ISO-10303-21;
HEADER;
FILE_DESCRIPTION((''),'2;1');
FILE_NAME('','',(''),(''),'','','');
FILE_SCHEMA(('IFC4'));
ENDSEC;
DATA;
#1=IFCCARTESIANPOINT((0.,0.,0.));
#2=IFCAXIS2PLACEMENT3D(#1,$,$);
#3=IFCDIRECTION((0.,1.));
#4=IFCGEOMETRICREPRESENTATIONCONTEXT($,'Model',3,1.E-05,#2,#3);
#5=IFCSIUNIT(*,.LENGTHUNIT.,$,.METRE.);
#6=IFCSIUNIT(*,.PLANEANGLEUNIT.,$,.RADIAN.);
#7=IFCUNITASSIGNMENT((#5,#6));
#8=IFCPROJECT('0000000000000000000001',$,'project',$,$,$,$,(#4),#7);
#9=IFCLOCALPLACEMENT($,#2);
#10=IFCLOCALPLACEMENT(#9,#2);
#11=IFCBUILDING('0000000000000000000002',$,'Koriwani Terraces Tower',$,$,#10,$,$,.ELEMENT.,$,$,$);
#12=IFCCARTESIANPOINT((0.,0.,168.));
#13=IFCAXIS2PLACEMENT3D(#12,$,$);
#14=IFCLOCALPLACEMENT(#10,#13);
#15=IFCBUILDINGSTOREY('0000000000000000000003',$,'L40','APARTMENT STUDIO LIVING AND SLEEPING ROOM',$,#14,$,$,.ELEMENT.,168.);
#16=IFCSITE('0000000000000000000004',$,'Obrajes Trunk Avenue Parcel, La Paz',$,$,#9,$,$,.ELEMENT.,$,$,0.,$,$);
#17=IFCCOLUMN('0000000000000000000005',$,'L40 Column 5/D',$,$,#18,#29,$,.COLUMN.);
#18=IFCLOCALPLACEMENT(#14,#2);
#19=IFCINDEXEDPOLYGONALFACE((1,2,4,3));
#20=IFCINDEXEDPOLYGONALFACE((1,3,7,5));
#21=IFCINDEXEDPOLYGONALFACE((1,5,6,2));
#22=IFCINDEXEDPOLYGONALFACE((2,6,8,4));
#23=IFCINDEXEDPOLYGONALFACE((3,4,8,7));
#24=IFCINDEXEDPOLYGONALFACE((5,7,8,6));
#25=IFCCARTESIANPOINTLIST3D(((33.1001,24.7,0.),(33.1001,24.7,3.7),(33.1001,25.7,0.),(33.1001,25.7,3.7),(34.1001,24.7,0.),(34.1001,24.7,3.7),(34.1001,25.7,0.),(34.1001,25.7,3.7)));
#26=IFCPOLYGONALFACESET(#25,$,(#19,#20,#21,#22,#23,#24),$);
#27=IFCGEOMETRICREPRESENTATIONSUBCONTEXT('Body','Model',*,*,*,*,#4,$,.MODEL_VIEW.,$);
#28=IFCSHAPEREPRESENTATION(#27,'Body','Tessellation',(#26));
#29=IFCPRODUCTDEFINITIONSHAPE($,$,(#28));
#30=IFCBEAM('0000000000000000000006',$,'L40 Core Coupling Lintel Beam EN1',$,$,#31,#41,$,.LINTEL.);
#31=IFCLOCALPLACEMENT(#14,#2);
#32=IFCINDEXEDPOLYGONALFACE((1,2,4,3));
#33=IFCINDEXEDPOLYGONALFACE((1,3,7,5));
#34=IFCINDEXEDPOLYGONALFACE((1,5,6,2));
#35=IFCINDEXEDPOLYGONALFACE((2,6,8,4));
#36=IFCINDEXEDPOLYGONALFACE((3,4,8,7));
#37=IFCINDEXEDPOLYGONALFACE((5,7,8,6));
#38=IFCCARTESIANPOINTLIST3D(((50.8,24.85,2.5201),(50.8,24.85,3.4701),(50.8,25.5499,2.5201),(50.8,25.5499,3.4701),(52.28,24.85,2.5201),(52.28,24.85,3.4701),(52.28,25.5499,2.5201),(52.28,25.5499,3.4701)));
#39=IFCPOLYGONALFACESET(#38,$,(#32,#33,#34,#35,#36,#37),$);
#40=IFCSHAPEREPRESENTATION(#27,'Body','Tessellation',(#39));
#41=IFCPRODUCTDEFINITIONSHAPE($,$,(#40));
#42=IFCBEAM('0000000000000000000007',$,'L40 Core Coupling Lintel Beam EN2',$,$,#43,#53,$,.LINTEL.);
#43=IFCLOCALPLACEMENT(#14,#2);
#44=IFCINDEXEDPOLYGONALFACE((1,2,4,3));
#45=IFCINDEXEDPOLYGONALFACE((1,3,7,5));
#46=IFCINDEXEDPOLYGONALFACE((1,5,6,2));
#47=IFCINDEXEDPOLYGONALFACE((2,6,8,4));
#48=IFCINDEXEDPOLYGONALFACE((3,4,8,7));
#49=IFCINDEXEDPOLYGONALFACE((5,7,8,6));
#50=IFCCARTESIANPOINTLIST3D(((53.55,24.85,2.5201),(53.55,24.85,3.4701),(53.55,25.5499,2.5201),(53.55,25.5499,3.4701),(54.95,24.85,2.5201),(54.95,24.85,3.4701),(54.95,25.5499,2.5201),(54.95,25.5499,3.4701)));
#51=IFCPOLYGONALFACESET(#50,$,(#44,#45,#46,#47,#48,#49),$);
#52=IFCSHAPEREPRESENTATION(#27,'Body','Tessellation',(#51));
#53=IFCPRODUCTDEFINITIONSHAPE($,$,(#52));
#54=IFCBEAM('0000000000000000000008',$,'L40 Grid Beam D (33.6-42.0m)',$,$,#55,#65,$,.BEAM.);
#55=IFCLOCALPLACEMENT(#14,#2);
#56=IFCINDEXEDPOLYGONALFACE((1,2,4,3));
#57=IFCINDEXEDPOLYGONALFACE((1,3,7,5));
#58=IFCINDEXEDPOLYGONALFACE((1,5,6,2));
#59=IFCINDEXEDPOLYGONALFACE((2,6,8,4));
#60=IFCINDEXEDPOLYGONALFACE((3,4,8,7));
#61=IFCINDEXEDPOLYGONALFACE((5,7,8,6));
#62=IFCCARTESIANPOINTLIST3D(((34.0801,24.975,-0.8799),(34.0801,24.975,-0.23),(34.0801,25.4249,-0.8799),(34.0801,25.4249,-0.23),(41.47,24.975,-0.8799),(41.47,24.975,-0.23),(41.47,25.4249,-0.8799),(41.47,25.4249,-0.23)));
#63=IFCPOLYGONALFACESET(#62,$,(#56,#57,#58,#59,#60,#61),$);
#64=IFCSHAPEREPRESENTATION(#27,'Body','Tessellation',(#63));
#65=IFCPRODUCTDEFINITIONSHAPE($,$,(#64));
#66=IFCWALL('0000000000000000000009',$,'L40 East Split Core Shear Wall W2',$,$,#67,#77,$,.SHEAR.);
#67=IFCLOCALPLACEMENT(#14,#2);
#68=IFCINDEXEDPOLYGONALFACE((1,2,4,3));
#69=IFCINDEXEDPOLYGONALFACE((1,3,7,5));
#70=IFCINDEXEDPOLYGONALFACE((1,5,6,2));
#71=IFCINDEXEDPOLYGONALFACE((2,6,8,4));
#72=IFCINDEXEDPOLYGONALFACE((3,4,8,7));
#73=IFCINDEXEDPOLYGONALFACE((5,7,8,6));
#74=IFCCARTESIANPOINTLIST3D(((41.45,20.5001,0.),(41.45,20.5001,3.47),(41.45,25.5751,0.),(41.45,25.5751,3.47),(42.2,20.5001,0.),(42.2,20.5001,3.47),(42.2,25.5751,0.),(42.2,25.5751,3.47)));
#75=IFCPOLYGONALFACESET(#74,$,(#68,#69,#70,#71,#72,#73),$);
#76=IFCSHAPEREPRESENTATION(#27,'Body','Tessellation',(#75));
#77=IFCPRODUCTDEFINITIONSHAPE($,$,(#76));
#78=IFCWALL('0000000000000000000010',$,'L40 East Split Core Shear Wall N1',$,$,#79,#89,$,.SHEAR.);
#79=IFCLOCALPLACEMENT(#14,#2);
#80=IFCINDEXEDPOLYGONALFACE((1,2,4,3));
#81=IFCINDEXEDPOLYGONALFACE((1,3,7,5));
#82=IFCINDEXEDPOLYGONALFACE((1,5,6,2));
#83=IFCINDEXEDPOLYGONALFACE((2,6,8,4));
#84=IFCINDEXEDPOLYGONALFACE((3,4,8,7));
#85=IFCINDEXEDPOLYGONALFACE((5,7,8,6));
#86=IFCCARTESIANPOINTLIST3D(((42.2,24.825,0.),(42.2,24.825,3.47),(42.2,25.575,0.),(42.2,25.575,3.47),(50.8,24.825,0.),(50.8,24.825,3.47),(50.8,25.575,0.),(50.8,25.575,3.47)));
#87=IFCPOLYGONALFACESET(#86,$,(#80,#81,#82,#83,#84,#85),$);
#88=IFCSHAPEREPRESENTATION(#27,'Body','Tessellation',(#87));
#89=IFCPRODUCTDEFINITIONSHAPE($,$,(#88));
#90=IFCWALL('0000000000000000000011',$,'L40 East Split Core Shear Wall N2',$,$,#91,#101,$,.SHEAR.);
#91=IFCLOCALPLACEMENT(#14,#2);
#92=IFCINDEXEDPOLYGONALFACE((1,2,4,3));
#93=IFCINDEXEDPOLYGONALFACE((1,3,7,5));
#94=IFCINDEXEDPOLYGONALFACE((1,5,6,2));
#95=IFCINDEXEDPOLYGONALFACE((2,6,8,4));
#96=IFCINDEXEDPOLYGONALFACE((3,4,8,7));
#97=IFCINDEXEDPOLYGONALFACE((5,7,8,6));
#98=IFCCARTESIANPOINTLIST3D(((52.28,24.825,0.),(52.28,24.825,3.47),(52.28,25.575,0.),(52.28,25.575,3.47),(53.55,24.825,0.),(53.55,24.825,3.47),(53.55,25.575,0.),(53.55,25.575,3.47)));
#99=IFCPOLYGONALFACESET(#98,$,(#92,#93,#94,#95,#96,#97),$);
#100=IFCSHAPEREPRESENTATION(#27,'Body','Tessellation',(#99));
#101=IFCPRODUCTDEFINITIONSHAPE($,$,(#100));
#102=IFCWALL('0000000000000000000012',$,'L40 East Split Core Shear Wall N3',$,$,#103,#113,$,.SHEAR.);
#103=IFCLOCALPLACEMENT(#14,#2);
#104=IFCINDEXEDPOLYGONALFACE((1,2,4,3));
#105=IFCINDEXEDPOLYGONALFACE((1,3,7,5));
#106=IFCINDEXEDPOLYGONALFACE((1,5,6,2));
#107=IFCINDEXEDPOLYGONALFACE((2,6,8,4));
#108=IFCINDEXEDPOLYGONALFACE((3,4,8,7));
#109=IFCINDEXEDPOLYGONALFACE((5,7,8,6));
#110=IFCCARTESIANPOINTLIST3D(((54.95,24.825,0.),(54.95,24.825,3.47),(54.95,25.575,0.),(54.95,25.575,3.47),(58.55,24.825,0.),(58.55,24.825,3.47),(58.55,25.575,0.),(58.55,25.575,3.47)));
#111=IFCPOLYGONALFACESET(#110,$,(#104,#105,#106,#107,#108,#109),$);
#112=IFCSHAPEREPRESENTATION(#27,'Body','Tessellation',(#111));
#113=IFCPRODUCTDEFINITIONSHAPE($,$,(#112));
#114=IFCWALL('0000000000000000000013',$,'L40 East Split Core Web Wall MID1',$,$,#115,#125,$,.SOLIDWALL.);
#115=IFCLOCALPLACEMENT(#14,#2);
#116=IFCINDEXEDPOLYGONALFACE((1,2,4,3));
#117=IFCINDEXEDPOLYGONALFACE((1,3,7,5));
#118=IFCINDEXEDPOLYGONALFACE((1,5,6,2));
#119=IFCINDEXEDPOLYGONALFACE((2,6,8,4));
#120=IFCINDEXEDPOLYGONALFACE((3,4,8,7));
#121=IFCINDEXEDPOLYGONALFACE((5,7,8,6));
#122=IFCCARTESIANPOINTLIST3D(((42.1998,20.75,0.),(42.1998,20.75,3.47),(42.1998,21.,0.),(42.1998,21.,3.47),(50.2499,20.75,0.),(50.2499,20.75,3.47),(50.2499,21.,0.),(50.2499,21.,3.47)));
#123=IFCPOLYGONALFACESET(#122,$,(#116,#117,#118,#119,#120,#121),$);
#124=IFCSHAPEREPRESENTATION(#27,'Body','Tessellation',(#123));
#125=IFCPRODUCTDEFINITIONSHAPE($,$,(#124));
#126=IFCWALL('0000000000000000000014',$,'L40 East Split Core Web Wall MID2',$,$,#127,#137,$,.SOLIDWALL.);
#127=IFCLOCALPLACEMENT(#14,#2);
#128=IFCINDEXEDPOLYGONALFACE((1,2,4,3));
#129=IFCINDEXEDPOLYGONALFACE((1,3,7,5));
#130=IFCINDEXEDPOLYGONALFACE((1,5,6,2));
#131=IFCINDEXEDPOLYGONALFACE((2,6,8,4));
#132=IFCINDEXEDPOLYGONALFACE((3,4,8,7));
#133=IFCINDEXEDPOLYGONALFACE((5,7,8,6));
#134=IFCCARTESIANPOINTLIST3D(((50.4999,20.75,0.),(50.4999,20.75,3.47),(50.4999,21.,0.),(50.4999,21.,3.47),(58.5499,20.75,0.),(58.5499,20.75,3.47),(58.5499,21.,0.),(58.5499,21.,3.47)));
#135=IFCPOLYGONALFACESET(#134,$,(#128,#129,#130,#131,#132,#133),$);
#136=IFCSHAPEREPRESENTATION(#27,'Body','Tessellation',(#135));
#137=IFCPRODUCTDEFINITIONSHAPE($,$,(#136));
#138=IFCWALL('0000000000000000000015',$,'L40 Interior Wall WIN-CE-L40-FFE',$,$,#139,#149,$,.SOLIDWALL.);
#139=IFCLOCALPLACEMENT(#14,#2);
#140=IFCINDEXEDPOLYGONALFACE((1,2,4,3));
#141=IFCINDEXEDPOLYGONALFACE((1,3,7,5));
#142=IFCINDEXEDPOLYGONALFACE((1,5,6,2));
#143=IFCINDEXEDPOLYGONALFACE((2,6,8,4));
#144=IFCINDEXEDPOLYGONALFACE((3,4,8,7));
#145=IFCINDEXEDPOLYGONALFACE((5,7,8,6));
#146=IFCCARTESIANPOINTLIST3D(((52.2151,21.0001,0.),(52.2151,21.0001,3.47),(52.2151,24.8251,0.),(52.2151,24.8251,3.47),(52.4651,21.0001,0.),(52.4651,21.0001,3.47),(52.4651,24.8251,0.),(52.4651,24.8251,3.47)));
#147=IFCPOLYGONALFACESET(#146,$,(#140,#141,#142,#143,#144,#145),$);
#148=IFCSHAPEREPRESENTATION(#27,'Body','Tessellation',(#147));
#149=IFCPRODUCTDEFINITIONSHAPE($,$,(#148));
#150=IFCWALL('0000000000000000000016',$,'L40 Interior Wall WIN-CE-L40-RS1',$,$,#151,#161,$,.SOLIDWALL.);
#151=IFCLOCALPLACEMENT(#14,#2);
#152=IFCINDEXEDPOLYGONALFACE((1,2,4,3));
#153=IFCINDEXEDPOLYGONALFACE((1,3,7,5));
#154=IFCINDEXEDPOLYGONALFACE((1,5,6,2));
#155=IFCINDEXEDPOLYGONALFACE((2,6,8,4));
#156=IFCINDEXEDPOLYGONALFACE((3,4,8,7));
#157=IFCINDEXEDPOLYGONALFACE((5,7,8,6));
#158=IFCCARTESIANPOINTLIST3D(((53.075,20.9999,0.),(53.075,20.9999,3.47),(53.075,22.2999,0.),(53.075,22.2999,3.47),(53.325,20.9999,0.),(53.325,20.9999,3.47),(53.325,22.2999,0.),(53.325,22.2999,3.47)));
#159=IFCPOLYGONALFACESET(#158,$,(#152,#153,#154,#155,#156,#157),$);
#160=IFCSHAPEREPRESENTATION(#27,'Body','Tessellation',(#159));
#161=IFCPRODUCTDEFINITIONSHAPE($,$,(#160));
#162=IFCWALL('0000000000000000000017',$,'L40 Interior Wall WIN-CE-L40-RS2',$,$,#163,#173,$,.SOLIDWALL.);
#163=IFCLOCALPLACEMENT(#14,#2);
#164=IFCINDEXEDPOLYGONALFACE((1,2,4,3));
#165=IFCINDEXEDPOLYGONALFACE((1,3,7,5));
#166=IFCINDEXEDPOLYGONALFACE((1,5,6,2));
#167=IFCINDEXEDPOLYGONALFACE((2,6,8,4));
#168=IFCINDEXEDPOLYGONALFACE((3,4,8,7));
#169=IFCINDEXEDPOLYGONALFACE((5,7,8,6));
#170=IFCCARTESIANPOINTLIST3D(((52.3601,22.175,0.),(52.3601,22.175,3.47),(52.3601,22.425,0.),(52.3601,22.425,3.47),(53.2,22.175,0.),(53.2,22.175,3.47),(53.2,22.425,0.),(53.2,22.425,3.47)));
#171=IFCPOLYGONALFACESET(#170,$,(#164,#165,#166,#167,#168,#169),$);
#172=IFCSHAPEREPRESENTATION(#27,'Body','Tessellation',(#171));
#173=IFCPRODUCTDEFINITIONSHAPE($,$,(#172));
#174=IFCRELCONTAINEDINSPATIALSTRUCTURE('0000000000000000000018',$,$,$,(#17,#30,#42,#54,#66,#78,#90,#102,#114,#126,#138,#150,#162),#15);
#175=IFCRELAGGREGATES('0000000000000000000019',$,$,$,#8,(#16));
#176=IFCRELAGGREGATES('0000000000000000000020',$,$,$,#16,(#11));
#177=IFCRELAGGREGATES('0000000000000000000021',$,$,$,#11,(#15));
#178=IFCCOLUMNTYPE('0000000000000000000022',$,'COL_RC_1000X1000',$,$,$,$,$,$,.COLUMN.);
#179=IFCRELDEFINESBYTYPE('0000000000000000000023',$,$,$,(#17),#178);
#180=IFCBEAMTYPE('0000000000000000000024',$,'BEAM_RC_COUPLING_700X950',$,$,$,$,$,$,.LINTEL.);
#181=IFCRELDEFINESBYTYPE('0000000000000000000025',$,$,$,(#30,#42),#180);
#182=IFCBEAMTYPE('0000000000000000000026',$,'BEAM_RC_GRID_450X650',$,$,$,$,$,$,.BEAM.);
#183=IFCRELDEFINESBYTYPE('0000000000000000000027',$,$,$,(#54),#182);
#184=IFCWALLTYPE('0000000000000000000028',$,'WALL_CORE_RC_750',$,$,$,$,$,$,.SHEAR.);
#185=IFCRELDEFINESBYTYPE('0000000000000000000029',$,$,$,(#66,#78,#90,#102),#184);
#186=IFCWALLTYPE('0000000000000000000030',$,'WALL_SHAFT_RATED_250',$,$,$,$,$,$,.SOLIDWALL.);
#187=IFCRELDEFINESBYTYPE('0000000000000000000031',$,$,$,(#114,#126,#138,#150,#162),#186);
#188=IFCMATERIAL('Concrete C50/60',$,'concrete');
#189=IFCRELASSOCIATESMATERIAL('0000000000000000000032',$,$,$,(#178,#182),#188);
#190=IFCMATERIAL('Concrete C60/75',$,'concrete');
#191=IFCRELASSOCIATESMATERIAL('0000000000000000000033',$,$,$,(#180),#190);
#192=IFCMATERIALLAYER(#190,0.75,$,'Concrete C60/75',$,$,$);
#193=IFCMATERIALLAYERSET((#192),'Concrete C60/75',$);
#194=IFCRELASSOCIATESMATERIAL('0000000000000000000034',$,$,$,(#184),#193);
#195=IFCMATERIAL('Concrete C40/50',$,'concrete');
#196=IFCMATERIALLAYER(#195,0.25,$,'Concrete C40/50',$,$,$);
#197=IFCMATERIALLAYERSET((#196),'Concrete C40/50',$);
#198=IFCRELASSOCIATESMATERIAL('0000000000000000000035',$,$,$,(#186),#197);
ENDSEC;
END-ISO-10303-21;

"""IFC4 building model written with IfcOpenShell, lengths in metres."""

from ifc_helpers import new_model, si_unit, direction, frame, frame_2d, origin, origin_2d, place, context, subcontext, project, spatial, rectangle, extrude, material, layer, layer_set, material_profile, profile_set, type_object, element, save


model = new_model("IFC4")

# Units and contexts
model_context = context("Model", 3, precision=1e-05, world=origin(), true_north=direction((0.0, 1.0)))
body_context = subcontext(model_context, "Body", "Model", "MODEL_VIEW")
ifc_project = project(units=[si_unit("LENGTHUNIT", "METRE"), si_unit("PLANEANGLEUNIT", "RADIAN")], contexts=[model_context])

# Site, building, storey
site_placement = place(None, origin())
site = spatial("IfcSite", under=ifc_project, at=site_placement, Name="Obrajes Trunk Avenue Parcel, La Paz", CompositionType="ELEMENT", RefElevation=0.0)
building_placement = place(site_placement, origin())
building = spatial("IfcBuilding", under=site, at=building_placement, Name="Koriwani Terraces Tower", CompositionType="ELEMENT")
storey_placement = place(building_placement, frame((0.0, 0.0, 168.0)))
storey = spatial("IfcBuildingStorey", under=building, at=storey_placement, Name="L40", Description="APARTMENT STUDIO LIVING AND SLEEPING ROOM", CompositionType="ELEMENT", Elevation=168.0)

# Column
ifc_material_1 = material(Name="Concrete C50/60", Category="concrete")
ifc_material_profile_1 = material_profile(ifc_material_1, rectangle(XDim=1.0, YDim=1.0, at=origin_2d()), Name="Concrete C50/60", Category="LoadBearing")
ifc_profile_set_1 = profile_set([ifc_material_profile_1], Name="Concrete C50/60")
column_type = type_object("IfcColumnType", Name="COL_RC_1000X1000", PredefinedType="COLUMN", material=ifc_profile_set_1)
column_placement = place(storey_placement, frame((33.6001, 25.2, 0.0), z_axis=(0.0, 0.0, 1.0), x_axis=(1.0, 0.0, 0.0)))
element("IfcColumn", 1, at=column_placement, inside=storey, type_object=column_type, Name="L40 Column 5/D", PredefinedType="COLUMN", context=body_context, shape_type="SweptSolid", body=[
    extrude(rectangle(XDim=1.0, YDim=1.0, at=origin_2d()), origin(), (0.0, 0.0, 1.0), 3.7),
])

# Beams
ifc_material_2 = material(Name="Concrete C60/75", Category="concrete")
ifc_material_profile_2 = material_profile(ifc_material_2, rectangle(XDim=0.7, YDim=0.95, at=origin_2d()), Name="Concrete C60/75", Category="LoadBearing")
ifc_profile_set_2 = profile_set([ifc_material_profile_2], Name="Concrete C60/75")
beam_type_1 = type_object("IfcBeamType", Name="BEAM_RC_COUPLING_700X950", PredefinedType="LINTEL", material=ifc_profile_set_2)
beam_1_placement = place(storey_placement, frame((50.8, 25.2, 2.9951), z_axis=(1.0, 0.0, 0.0), x_axis=(0.0, 1.0, 0.0)))
element("IfcBeam", 2, at=beam_1_placement, inside=storey, type_object=beam_type_1, Name="L40 Core Coupling Lintel Beam EN1", PredefinedType="LINTEL", context=body_context, shape_type="SweptSolid", body=[
    extrude(rectangle(XDim=0.7, YDim=0.95, at=origin_2d()), origin(), (0.0, 0.0, 1.0), 1.48),
])
beam_2_placement = place(storey_placement, frame((53.55, 25.2, 2.9951), z_axis=(1.0, 0.0, 0.0), x_axis=(0.0, 1.0, 0.0)))
element("IfcBeam", 3, at=beam_2_placement, inside=storey, type_object=beam_type_1, Name="L40 Core Coupling Lintel Beam EN2", PredefinedType="LINTEL", context=body_context, shape_type="SweptSolid", body=[
    extrude(rectangle(XDim=0.7, YDim=0.95, at=origin_2d()), origin(), (0.0, 0.0, 1.0), 1.3999),
])
ifc_material_profile_3 = material_profile(ifc_material_1, rectangle(XDim=0.45, YDim=0.6499, at=origin_2d()), Name="Concrete C50/60", Category="LoadBearing")
ifc_profile_set_3 = profile_set([ifc_material_profile_3], Name="Concrete C50/60")
beam_type_2 = type_object("IfcBeamType", Name="BEAM_RC_GRID_450X650", PredefinedType="BEAM", material=ifc_profile_set_3)
beam_3_placement = place(storey_placement, frame((34.0801, 25.2, -0.5549), z_axis=(1.0, 0.0, 0.0), x_axis=(0.0, 1.0, 0.0)))
element("IfcBeam", 4, at=beam_3_placement, inside=storey, type_object=beam_type_2, Name="L40 Grid Beam D (33.6-42.0m)", PredefinedType="BEAM", context=body_context, shape_type="SweptSolid", body=[
    extrude(rectangle(XDim=0.45, YDim=0.6499, at=origin_2d()), origin(), (0.0, 0.0, 1.0), 7.3899),
])

# Walls
ifc_layer_1 = layer(ifc_material_2, 0.75, Name="Concrete C60/75")
ifc_layer_set_1 = layer_set([ifc_layer_1], Name="Concrete C60/75")
wall_type_1 = type_object("IfcWallType", Name="WALL_CORE_RC_750", PredefinedType="SHEAR", material=ifc_layer_set_1)
wall_1_placement = place(storey_placement, frame((41.825, 20.5, 0.0), z_axis=(0.0, 0.0, 1.0), x_axis=(0.0, 1.0, 0.0)))
element("IfcWall", 5, at=wall_1_placement, inside=storey, type_object=wall_type_1, Name="L40 East Split Core Shear Wall W2", PredefinedType="SHEAR", context=body_context, shape_type="SweptSolid", body=[
    extrude(rectangle(XDim=5.075, YDim=0.75, at=frame_2d((2.5376, 0.0))), origin(), (0.0, 0.0, 1.0), 3.47),
])
wall_2_placement = place(storey_placement, frame((42.2, 25.2, 0.0), z_axis=(0.0, 0.0, 1.0), x_axis=(1.0, 0.0, 0.0)))
element("IfcWall", 6, at=wall_2_placement, inside=storey, type_object=wall_type_1, Name="L40 East Split Core Shear Wall N1", PredefinedType="SHEAR", context=body_context, shape_type="SweptSolid", body=[
    extrude(rectangle(XDim=8.6001, YDim=0.75, at=frame_2d((4.3, 0.0))), origin(), (0.0, 0.0, 1.0), 3.47),
])
wall_3_placement = place(storey_placement, frame((52.28, 25.2, 0.0), z_axis=(0.0, 0.0, 1.0), x_axis=(1.0, 0.0, 0.0)))
element("IfcWall", 7, at=wall_3_placement, inside=storey, type_object=wall_type_1, Name="L40 East Split Core Shear Wall N2", PredefinedType="SHEAR", context=body_context, shape_type="SweptSolid", body=[
    extrude(rectangle(XDim=1.27, YDim=0.75, at=frame_2d((0.635, 0.0))), origin(), (0.0, 0.0, 1.0), 3.47),
])
wall_4_placement = place(storey_placement, frame((54.95, 25.2, 0.0), z_axis=(0.0, 0.0, 1.0), x_axis=(1.0, 0.0, 0.0)))
element("IfcWall", 8, at=wall_4_placement, inside=storey, type_object=wall_type_1, Name="L40 East Split Core Shear Wall N3", PredefinedType="SHEAR", context=body_context, shape_type="SweptSolid", body=[
    extrude(rectangle(XDim=3.6001, YDim=0.75, at=frame_2d((1.8, 0.0))), origin(), (0.0, 0.0, 1.0), 3.47),
])
ifc_material_3 = material(Name="Concrete C40/50", Category="concrete")
ifc_layer_2 = layer(ifc_material_3, 0.25, Name="Concrete C40/50")
ifc_layer_set_2 = layer_set([ifc_layer_2], Name="Concrete C40/50")
wall_type_2 = type_object("IfcWallType", Name="WALL_SHAFT_RATED_250", PredefinedType="SOLIDWALL", material=ifc_layer_set_2)
for number, where, z_axis, x_axis, name in (
    (9, (42.2, 20.875, 0.0), (0.0, 0.0, 1.0), (1.0, 0.0, 0.0), "L40 East Split Core Web Wall MID1"),
    (10, (50.5, 20.875, 0.0), (0.0, 0.0, 1.0), (1.0, 0.0, 0.0), "L40 East Split Core Web Wall MID2"),
):
    element("IfcWall", number, at=place(storey_placement, frame(where, z_axis=z_axis, x_axis=x_axis)), inside=storey, type_object=wall_type_2, Name=name, PredefinedType="SOLIDWALL", context=body_context, shape_type="SweptSolid", body=[
        extrude(rectangle(XDim=8.05, YDim=0.25, at=frame_2d((4.0249, 0.0))), origin(), (0.0, 0.0, 1.0), 3.47),
    ])

# Wall
wall_5_placement = place(storey_placement, frame((52.3401, 21.0, 0.0), z_axis=(0.0, 0.0, 1.0), x_axis=(0.0, 1.0, 0.0)))
element("IfcWall", 11, at=wall_5_placement, inside=storey, type_object=wall_type_2, Name="L40 Interior Wall WIN-CE-L40-FFE", PredefinedType="SOLIDWALL", context=body_context, shape_type="SweptSolid", body=[
    extrude(rectangle(XDim=3.825, YDim=0.25, at=frame_2d((1.9126, 0.0))), origin(), (0.0, 0.0, 1.0), 3.47),
])

# Walls
wall_6_placement = place(storey_placement, frame((53.2, 21.0, 0.0), z_axis=(0.0, 0.0, 1.0), x_axis=(0.0, 1.0, 0.0)))
element("IfcWall", 12, at=wall_6_placement, inside=storey, type_object=wall_type_2, Name="L40 Interior Wall WIN-CE-L40-RS1", PredefinedType="SOLIDWALL", context=body_context, shape_type="SweptSolid", body=[
    extrude(rectangle(XDim=1.3, YDim=0.25, at=frame_2d((0.6499, 0.0))), origin(), (0.0, 0.0, 1.0), 3.47),
])
wall_7_placement = place(storey_placement, frame((52.3601, 22.3, 0.0), z_axis=(0.0, 0.0, 1.0), x_axis=(1.0, 0.0, 0.0)))
element("IfcWall", 13, at=wall_7_placement, inside=storey, type_object=wall_type_2, Name="L40 Interior Wall WIN-CE-L40-RS2", PredefinedType="SOLIDWALL", context=body_context, shape_type="SweptSolid", body=[
    extrude(rectangle(XDim=0.8398, YDim=0.25, at=frame_2d((0.4199, 0.0))), origin(), (0.0, 0.0, 1.0), 3.47),
])

save(model, "model.ifc")
